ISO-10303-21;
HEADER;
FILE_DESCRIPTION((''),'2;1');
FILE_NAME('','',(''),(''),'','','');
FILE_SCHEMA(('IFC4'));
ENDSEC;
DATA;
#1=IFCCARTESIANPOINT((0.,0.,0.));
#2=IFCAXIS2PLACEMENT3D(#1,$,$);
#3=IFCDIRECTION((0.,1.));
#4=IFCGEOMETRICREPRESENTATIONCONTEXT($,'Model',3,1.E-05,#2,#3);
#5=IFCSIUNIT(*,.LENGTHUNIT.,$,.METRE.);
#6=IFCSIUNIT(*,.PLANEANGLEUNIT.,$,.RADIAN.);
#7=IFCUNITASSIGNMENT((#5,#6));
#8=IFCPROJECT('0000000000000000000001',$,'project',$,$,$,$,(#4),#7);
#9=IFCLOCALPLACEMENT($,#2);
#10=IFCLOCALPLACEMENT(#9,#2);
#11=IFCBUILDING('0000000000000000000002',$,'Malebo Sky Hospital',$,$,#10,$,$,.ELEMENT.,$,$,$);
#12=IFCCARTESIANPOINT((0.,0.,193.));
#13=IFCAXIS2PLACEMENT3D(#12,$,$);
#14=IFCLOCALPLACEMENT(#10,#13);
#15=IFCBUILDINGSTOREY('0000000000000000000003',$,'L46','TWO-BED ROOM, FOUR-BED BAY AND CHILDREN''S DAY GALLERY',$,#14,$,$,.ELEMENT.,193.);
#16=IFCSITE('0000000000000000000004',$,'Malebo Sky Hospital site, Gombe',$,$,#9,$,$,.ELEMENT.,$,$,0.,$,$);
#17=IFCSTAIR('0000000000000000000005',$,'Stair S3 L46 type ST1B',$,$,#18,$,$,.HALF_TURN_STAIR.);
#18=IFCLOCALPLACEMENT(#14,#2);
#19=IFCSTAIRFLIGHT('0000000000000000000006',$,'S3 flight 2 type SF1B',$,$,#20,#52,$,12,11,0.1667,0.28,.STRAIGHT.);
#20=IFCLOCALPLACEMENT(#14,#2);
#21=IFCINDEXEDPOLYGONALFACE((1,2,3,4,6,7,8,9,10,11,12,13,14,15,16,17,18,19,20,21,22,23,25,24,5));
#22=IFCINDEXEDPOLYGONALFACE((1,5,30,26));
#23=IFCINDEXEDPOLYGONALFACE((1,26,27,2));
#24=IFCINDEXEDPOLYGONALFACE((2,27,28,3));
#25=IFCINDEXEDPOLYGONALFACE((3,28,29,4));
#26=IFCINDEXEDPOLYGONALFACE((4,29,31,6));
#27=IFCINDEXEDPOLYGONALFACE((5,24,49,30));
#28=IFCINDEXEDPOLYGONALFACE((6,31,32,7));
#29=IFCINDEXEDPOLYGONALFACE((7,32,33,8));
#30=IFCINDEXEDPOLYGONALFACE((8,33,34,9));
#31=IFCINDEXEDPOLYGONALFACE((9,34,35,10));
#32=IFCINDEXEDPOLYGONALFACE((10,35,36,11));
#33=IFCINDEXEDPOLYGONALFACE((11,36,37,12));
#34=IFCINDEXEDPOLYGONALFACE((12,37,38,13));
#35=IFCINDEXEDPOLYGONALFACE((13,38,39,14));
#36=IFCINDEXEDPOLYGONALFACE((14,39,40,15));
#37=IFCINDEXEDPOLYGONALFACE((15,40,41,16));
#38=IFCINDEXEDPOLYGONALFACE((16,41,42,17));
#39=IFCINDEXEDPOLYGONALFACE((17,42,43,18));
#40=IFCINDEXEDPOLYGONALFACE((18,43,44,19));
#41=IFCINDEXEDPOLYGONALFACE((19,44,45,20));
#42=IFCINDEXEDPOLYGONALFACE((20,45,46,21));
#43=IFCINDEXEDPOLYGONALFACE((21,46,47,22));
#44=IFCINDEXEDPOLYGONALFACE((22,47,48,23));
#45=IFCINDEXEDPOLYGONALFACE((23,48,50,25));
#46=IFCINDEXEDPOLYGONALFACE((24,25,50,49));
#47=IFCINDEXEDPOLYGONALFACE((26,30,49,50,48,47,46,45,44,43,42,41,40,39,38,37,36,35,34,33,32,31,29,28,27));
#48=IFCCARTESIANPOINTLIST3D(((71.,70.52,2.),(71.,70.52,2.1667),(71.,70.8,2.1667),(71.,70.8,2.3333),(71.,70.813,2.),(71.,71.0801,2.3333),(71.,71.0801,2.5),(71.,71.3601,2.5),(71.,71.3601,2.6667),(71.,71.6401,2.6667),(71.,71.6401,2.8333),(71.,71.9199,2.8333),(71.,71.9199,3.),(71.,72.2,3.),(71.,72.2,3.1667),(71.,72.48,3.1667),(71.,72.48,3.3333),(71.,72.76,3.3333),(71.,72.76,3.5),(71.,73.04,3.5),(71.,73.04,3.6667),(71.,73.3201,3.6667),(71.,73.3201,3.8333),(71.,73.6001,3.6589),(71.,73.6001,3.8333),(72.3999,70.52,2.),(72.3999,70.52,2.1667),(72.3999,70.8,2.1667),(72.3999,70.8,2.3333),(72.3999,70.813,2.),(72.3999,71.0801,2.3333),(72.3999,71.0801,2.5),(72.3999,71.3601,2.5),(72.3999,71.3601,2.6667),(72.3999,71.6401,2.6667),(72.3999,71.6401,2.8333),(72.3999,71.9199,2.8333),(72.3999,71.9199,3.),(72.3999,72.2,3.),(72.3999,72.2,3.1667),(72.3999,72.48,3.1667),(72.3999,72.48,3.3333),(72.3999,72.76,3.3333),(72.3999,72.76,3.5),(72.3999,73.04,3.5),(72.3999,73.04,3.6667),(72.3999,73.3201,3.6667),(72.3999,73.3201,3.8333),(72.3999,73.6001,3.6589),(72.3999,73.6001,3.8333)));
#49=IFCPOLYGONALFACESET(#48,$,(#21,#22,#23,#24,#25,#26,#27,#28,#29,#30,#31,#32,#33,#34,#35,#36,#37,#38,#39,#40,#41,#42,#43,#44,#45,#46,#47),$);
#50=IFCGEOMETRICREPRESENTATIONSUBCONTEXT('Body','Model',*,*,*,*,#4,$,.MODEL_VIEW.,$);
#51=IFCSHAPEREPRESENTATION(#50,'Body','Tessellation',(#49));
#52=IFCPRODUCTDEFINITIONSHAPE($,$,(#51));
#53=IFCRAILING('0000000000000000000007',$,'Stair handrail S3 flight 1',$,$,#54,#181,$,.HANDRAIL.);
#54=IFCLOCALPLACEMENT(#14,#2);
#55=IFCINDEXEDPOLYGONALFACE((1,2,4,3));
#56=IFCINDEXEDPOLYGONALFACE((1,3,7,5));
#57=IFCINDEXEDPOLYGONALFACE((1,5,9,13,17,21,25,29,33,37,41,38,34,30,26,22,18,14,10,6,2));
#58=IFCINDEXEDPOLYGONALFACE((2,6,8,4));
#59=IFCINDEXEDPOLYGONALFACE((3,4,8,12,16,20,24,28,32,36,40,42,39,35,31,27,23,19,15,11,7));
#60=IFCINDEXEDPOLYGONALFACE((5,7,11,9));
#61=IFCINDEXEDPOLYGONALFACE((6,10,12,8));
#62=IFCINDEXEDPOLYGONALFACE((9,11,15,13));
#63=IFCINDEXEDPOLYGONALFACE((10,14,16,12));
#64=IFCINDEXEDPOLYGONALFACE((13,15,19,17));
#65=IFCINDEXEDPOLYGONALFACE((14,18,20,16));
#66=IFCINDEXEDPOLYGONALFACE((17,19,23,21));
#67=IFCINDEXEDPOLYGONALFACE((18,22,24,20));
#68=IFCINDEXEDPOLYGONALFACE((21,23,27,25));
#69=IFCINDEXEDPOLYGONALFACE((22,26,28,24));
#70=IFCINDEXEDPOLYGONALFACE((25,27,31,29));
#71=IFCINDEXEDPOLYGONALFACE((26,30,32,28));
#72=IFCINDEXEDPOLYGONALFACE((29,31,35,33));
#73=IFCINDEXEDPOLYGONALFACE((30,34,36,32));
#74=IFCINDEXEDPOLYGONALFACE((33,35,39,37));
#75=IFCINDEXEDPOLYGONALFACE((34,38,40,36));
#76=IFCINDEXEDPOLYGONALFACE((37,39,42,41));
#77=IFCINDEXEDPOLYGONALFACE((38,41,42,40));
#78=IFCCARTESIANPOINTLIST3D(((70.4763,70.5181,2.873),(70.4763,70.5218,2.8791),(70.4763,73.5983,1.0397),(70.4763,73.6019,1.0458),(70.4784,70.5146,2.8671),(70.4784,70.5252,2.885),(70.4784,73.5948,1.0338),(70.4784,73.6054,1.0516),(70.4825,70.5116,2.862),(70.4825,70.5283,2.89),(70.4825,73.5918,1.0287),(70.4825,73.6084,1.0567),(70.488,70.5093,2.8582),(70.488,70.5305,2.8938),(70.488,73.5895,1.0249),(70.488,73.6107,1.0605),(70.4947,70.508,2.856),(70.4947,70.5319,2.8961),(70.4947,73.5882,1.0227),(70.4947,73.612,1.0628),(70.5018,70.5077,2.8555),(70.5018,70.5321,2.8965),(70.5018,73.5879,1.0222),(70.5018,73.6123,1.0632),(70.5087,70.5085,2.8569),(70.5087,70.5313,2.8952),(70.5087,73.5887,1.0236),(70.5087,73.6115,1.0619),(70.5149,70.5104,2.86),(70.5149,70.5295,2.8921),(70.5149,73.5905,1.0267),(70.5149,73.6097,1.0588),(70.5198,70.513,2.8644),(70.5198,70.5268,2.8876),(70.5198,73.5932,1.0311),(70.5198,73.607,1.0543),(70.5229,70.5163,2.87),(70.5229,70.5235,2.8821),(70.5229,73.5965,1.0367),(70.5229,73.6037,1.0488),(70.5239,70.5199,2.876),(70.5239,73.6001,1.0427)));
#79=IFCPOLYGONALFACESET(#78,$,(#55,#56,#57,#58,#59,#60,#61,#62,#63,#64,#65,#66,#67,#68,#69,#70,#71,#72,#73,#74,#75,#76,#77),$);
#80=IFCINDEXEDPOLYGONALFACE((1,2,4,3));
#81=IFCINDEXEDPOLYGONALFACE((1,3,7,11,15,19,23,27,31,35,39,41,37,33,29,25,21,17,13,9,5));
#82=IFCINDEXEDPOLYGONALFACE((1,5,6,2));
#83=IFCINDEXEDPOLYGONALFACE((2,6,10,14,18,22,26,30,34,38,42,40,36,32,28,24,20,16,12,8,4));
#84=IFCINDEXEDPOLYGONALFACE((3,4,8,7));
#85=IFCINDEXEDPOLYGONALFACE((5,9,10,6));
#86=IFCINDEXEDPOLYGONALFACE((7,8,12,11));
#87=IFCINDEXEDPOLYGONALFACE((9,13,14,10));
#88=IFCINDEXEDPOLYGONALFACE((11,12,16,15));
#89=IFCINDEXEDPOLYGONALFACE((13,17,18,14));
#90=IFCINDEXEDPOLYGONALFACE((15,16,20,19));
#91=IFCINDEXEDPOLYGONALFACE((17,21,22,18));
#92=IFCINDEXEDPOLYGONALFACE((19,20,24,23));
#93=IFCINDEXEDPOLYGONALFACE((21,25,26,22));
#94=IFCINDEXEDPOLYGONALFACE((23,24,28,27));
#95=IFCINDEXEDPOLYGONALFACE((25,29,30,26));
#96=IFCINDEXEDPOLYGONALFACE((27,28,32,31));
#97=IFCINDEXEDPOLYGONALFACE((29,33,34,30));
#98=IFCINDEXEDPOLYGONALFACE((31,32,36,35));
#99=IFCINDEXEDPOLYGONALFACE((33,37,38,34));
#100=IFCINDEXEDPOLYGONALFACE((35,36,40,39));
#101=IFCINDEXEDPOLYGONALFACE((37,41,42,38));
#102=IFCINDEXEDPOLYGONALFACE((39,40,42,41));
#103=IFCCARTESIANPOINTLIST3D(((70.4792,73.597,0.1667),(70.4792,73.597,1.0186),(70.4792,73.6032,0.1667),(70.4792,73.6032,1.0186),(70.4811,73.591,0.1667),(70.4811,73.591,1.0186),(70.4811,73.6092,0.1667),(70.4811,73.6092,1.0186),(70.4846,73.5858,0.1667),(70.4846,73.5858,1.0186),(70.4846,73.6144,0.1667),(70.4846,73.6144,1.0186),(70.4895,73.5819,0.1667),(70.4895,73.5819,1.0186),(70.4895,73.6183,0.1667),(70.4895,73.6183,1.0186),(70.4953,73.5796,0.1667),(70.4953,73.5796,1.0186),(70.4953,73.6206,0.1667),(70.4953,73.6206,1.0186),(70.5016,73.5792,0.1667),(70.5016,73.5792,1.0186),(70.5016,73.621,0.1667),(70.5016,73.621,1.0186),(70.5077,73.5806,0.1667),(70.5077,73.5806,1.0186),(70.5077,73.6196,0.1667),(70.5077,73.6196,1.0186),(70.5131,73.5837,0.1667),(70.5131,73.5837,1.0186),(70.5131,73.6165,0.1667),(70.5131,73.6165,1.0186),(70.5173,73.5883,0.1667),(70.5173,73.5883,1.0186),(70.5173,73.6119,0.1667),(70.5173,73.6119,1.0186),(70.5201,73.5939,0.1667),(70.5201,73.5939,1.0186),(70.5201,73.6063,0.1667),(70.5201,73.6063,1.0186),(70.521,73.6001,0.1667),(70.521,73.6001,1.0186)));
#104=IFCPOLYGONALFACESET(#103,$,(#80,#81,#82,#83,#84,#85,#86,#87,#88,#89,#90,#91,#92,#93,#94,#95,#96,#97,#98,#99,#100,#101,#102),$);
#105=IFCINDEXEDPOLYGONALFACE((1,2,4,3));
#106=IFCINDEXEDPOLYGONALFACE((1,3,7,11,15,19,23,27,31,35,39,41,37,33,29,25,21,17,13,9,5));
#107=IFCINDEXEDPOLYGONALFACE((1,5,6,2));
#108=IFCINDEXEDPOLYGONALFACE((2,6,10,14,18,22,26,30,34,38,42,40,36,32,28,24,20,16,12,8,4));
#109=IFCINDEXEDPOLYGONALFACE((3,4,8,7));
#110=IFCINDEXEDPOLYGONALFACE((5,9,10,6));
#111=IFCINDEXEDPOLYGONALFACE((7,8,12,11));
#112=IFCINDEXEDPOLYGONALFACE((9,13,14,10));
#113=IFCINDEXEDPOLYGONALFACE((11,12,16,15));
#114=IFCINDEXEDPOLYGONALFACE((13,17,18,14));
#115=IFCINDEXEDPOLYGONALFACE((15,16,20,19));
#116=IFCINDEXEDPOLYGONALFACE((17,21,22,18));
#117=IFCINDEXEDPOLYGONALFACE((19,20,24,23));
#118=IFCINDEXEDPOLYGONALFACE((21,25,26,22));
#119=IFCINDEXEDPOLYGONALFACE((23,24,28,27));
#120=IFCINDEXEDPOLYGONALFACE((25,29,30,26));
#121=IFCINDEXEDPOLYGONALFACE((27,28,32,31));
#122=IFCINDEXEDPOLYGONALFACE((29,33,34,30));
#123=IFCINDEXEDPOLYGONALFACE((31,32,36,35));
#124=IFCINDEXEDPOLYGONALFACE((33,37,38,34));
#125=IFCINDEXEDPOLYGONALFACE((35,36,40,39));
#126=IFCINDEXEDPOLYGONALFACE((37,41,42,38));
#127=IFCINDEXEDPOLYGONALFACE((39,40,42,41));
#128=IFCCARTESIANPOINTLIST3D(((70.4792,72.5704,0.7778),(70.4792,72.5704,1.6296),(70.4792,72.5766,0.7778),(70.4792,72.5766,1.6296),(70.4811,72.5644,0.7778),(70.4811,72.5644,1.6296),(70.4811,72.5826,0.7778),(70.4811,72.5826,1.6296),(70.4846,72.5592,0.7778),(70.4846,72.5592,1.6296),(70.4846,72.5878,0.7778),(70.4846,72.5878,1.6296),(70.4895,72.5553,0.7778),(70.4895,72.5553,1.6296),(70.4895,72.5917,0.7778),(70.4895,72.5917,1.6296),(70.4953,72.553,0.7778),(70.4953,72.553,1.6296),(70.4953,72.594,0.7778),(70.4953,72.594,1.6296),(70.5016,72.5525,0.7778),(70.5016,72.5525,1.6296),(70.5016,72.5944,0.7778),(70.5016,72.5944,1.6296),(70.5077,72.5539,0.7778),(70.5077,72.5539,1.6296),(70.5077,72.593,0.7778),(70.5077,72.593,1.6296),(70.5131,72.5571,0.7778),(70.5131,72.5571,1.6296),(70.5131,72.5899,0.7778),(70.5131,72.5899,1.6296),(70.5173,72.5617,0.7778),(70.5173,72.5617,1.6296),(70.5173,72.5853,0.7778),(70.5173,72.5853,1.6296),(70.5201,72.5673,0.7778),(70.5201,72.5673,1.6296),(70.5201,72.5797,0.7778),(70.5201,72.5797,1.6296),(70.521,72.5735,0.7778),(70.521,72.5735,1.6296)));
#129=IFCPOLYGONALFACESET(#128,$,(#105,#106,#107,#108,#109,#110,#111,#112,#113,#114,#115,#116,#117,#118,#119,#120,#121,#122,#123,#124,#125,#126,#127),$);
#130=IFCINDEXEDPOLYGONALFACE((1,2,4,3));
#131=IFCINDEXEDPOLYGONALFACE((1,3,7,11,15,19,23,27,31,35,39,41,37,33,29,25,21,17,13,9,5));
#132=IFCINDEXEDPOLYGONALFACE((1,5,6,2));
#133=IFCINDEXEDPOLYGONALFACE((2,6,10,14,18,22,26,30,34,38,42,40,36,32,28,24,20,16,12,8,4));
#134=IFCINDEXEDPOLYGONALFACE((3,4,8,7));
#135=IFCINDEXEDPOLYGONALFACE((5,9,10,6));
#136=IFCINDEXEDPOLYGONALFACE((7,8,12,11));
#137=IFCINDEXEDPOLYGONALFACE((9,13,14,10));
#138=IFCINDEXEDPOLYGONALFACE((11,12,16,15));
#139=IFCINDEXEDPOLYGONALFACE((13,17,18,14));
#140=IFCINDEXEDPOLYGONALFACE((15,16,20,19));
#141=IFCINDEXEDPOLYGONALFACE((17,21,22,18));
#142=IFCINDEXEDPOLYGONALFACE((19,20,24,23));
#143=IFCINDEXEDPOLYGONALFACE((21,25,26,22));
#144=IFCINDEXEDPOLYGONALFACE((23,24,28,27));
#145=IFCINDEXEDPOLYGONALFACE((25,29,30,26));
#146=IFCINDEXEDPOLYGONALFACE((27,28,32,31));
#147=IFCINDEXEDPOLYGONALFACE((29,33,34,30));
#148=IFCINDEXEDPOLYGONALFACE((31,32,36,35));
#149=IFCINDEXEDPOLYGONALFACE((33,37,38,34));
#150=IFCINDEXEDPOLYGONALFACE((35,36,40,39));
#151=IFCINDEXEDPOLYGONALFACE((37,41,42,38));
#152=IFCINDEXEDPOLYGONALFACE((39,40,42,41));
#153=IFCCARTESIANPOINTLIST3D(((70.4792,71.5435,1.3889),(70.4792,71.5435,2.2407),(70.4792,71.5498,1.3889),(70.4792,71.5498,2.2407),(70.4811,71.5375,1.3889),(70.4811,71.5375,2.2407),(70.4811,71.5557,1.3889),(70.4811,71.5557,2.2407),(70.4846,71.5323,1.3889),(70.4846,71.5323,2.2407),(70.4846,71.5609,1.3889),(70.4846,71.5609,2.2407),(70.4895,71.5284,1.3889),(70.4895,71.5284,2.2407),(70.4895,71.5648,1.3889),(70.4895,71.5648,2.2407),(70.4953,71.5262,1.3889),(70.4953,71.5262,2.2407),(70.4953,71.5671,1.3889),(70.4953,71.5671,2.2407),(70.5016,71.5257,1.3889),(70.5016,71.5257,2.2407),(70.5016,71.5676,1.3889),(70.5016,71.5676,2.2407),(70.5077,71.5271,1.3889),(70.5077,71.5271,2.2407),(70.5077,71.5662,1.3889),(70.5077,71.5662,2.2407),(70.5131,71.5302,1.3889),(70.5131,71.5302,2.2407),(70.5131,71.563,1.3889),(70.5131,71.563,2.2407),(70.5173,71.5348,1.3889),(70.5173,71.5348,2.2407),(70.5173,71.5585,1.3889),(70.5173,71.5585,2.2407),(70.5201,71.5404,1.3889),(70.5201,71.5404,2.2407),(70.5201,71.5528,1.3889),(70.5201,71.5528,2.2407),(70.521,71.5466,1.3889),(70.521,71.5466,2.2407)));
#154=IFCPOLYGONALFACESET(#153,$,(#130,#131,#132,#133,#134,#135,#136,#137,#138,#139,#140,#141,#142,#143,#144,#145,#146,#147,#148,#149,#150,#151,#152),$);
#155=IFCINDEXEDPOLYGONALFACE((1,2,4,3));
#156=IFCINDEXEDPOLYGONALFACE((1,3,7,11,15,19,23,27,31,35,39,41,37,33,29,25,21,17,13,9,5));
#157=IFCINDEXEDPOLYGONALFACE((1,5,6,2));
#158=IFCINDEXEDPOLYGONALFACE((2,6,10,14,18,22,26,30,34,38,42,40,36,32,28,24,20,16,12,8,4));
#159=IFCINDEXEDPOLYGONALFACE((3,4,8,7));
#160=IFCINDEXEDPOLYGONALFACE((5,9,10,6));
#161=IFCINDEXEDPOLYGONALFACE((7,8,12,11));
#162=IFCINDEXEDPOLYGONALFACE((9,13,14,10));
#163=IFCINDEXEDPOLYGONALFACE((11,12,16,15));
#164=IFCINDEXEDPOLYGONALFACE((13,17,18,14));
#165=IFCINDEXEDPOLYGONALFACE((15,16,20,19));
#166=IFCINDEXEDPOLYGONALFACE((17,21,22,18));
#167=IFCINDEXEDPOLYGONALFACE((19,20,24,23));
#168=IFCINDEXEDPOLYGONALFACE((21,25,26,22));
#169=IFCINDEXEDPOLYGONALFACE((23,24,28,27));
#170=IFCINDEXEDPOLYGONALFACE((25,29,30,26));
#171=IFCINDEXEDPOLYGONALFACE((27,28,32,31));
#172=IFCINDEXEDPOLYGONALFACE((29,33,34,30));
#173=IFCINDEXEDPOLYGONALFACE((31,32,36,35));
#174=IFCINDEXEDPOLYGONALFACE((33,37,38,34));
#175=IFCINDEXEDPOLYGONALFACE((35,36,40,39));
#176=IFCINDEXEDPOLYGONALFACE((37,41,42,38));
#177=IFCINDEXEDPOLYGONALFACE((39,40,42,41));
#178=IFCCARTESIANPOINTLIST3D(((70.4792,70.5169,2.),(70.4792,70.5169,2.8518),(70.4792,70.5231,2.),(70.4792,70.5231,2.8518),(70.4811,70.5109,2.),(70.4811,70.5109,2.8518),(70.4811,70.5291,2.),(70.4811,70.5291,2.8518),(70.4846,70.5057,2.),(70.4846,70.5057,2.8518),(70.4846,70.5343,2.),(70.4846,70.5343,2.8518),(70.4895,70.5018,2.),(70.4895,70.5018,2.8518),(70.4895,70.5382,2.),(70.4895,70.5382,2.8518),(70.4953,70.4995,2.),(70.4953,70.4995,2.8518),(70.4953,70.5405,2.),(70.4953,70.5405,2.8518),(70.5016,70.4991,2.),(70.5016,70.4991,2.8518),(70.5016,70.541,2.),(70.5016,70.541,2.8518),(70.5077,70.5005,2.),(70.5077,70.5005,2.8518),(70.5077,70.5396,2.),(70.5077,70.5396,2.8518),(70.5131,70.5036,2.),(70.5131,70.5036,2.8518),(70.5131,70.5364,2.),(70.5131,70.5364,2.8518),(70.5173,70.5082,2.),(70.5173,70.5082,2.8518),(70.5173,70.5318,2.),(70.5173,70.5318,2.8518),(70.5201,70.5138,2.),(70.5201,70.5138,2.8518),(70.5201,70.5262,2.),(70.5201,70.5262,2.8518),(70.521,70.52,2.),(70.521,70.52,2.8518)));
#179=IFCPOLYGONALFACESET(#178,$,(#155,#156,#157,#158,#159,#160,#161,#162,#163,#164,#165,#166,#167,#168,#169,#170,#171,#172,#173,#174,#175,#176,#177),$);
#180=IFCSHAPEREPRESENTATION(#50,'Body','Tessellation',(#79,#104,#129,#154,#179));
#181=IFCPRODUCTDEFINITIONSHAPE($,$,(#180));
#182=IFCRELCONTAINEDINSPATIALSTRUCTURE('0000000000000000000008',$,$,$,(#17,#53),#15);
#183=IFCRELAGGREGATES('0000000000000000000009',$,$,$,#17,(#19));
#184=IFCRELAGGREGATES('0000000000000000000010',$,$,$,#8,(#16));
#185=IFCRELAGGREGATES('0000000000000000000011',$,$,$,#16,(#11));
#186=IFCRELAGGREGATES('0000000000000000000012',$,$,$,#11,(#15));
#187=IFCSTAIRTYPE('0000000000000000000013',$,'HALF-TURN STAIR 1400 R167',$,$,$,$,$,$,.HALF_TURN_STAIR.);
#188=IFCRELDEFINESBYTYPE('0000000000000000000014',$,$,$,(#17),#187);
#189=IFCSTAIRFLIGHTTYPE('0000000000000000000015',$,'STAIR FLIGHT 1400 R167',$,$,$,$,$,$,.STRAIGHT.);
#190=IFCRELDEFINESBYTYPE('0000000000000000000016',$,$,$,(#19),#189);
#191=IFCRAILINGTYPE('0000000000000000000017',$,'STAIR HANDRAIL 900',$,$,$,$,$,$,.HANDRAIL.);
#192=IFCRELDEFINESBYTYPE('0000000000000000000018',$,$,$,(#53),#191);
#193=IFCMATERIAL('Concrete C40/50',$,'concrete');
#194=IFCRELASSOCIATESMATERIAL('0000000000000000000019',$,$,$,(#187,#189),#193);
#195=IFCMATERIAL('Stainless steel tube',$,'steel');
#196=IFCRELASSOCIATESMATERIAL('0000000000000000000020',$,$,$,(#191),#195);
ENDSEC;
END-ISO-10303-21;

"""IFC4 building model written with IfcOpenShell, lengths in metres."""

from ifc_helpers import new_model, si_unit, direction, frame, origin, origin_2d, place, context, subcontext, project, spatial, polyline, circle, outline, extrude, material, type_object, element, aggregate, save


model = new_model("IFC4")

# Units and contexts
model_context = context("Model", 3, precision=1e-05, world=origin(), true_north=direction((0.0, 1.0)))
body_context = subcontext(model_context, "Body", "Model", "MODEL_VIEW")
ifc_project = project(units=[si_unit("LENGTHUNIT", "METRE"), si_unit("PLANEANGLEUNIT", "RADIAN")], contexts=[model_context])

# Site, building, storey
site_placement = place(None, origin())
site = spatial("IfcSite", under=ifc_project, at=site_placement, Name="Malebo Sky Hospital site, Gombe", CompositionType="ELEMENT", RefElevation=0.0)
building_placement = place(site_placement, origin())
building = spatial("IfcBuilding", under=site, at=building_placement, Name="Malebo Sky Hospital", CompositionType="ELEMENT")
storey_placement = place(building_placement, frame((0.0, 0.0, 193.0)))
storey = spatial("IfcBuildingStorey", under=building, at=storey_placement, Name="L46", Description="TWO-BED ROOM, FOUR-BED BAY AND CHILDREN'S DAY GALLERY", CompositionType="ELEMENT", Elevation=193.0)

# Shared definitions
ifc_material_1 = material(Name="Concrete C40/50", Category="concrete")

# Stair, stair flight
stair_type = type_object("IfcStairType", Name="HALF-TURN STAIR 1400 R167", PredefinedType="HALF_TURN_STAIR", material=ifc_material_1)
stair_placement = place(storey_placement, origin())
stair = element("IfcStair", 1, at=stair_placement, inside=storey, type_object=stair_type, Name="Stair S3 L46 type ST1B", PredefinedType="HALF_TURN_STAIR")
stair_flight_type = type_object("IfcStairFlightType", Name="STAIR FLIGHT 1400 R167", PredefinedType="STRAIGHT", material=ifc_material_1)
stair_flight_1_placement = place(storey_placement, frame((71.7, 70.52, 2.0), z_axis=(0.0, 0.0, 1.0), x_axis=(0.0, 1.0, 0.0)))
stair_flight_1 = element("IfcStairFlight", 2, at=stair_flight_1_placement, type_object=stair_flight_type, Name="S3 flight 2 type SF1B", NumberOfRisers=12, NumberOfTreads=11, PredefinedType="STRAIGHT", RiserHeight=0.1667, TreadLength=0.28, context=body_context, shape_type="SweptSolid", body=[
    extrude(outline(polyline([(0.0, 0.0), (0.0, 0.1667), (0.28, 0.1667), (0.28, 0.3333), (0.5601, 0.3333), (0.5601, 0.5), (0.8401, 0.5), (0.8401, 0.6667), (1.1201, 0.6667), (1.1201, 0.8333), (1.3999, 0.8333), (1.3999, 1.0), (1.6799, 1.0), (1.6799, 1.1667), (1.96, 1.1667), (1.96, 1.3333), (2.24, 1.3333), (2.24, 1.5), (2.52, 1.5), (2.52, 1.6667), (2.8, 1.6667), (2.8, 1.8333), (3.0801, 1.8333), (3.0801, 2.0), (3.0801, 1.6589), (0.293, 0.0), (0.0, 0.0)])), frame((0.0, 0.7, 0.0), z_axis=(0.0, -1.0, 0.0), x_axis=(1.0, 0.0, 0.0)), (0.0, 0.0, 1.0), 1.3999),
])
aggregate(stair, [stair_flight_1])

# Railing
ifc_material_2 = material(Name="Stainless steel tube", Category="steel")
railing_type = type_object("IfcRailingType", Name="STAIR HANDRAIL 900", PredefinedType="HANDRAIL", material=ifc_material_2)
railing_1_placement = place(storey_placement, frame((70.5, 73.6001, 0.1667)))
element("IfcRailing", 3, at=railing_1_placement, inside=storey, type_object=railing_type, Name="Stair handrail S3 flight 1", PredefinedType="HANDRAIL", context=body_context, shape_type="SweptSolid", body=[
    extrude(circle(Radius=0.0239, at=origin_2d()), frame((0.0, 0.0, 0.876), z_axis=(0.0, -0.859309, 0.511458), x_axis=(1.0, 0.0, 0.0)), (0.0, 0.0, 1.0), 3.5845),
    extrude(circle(Radius=0.021, at=origin_2d()), origin(), (0.0, 0.0, 1.0), 0.8518),
    extrude(circle(Radius=0.021, at=origin_2d()), frame((0.0, -1.0266, 0.6111)), (0.0, 0.0, 1.0), 0.8518),
    extrude(circle(Radius=0.021, at=origin_2d()), frame((0.0, -2.0535, 1.2222)), (0.0, 0.0, 1.0), 0.8518),
    extrude(circle(Radius=0.021, at=origin_2d()), frame((0.0, -3.0801, 1.8333)), (0.0, 0.0, 1.0), 0.8518),
])

save(model, "model.ifc")
